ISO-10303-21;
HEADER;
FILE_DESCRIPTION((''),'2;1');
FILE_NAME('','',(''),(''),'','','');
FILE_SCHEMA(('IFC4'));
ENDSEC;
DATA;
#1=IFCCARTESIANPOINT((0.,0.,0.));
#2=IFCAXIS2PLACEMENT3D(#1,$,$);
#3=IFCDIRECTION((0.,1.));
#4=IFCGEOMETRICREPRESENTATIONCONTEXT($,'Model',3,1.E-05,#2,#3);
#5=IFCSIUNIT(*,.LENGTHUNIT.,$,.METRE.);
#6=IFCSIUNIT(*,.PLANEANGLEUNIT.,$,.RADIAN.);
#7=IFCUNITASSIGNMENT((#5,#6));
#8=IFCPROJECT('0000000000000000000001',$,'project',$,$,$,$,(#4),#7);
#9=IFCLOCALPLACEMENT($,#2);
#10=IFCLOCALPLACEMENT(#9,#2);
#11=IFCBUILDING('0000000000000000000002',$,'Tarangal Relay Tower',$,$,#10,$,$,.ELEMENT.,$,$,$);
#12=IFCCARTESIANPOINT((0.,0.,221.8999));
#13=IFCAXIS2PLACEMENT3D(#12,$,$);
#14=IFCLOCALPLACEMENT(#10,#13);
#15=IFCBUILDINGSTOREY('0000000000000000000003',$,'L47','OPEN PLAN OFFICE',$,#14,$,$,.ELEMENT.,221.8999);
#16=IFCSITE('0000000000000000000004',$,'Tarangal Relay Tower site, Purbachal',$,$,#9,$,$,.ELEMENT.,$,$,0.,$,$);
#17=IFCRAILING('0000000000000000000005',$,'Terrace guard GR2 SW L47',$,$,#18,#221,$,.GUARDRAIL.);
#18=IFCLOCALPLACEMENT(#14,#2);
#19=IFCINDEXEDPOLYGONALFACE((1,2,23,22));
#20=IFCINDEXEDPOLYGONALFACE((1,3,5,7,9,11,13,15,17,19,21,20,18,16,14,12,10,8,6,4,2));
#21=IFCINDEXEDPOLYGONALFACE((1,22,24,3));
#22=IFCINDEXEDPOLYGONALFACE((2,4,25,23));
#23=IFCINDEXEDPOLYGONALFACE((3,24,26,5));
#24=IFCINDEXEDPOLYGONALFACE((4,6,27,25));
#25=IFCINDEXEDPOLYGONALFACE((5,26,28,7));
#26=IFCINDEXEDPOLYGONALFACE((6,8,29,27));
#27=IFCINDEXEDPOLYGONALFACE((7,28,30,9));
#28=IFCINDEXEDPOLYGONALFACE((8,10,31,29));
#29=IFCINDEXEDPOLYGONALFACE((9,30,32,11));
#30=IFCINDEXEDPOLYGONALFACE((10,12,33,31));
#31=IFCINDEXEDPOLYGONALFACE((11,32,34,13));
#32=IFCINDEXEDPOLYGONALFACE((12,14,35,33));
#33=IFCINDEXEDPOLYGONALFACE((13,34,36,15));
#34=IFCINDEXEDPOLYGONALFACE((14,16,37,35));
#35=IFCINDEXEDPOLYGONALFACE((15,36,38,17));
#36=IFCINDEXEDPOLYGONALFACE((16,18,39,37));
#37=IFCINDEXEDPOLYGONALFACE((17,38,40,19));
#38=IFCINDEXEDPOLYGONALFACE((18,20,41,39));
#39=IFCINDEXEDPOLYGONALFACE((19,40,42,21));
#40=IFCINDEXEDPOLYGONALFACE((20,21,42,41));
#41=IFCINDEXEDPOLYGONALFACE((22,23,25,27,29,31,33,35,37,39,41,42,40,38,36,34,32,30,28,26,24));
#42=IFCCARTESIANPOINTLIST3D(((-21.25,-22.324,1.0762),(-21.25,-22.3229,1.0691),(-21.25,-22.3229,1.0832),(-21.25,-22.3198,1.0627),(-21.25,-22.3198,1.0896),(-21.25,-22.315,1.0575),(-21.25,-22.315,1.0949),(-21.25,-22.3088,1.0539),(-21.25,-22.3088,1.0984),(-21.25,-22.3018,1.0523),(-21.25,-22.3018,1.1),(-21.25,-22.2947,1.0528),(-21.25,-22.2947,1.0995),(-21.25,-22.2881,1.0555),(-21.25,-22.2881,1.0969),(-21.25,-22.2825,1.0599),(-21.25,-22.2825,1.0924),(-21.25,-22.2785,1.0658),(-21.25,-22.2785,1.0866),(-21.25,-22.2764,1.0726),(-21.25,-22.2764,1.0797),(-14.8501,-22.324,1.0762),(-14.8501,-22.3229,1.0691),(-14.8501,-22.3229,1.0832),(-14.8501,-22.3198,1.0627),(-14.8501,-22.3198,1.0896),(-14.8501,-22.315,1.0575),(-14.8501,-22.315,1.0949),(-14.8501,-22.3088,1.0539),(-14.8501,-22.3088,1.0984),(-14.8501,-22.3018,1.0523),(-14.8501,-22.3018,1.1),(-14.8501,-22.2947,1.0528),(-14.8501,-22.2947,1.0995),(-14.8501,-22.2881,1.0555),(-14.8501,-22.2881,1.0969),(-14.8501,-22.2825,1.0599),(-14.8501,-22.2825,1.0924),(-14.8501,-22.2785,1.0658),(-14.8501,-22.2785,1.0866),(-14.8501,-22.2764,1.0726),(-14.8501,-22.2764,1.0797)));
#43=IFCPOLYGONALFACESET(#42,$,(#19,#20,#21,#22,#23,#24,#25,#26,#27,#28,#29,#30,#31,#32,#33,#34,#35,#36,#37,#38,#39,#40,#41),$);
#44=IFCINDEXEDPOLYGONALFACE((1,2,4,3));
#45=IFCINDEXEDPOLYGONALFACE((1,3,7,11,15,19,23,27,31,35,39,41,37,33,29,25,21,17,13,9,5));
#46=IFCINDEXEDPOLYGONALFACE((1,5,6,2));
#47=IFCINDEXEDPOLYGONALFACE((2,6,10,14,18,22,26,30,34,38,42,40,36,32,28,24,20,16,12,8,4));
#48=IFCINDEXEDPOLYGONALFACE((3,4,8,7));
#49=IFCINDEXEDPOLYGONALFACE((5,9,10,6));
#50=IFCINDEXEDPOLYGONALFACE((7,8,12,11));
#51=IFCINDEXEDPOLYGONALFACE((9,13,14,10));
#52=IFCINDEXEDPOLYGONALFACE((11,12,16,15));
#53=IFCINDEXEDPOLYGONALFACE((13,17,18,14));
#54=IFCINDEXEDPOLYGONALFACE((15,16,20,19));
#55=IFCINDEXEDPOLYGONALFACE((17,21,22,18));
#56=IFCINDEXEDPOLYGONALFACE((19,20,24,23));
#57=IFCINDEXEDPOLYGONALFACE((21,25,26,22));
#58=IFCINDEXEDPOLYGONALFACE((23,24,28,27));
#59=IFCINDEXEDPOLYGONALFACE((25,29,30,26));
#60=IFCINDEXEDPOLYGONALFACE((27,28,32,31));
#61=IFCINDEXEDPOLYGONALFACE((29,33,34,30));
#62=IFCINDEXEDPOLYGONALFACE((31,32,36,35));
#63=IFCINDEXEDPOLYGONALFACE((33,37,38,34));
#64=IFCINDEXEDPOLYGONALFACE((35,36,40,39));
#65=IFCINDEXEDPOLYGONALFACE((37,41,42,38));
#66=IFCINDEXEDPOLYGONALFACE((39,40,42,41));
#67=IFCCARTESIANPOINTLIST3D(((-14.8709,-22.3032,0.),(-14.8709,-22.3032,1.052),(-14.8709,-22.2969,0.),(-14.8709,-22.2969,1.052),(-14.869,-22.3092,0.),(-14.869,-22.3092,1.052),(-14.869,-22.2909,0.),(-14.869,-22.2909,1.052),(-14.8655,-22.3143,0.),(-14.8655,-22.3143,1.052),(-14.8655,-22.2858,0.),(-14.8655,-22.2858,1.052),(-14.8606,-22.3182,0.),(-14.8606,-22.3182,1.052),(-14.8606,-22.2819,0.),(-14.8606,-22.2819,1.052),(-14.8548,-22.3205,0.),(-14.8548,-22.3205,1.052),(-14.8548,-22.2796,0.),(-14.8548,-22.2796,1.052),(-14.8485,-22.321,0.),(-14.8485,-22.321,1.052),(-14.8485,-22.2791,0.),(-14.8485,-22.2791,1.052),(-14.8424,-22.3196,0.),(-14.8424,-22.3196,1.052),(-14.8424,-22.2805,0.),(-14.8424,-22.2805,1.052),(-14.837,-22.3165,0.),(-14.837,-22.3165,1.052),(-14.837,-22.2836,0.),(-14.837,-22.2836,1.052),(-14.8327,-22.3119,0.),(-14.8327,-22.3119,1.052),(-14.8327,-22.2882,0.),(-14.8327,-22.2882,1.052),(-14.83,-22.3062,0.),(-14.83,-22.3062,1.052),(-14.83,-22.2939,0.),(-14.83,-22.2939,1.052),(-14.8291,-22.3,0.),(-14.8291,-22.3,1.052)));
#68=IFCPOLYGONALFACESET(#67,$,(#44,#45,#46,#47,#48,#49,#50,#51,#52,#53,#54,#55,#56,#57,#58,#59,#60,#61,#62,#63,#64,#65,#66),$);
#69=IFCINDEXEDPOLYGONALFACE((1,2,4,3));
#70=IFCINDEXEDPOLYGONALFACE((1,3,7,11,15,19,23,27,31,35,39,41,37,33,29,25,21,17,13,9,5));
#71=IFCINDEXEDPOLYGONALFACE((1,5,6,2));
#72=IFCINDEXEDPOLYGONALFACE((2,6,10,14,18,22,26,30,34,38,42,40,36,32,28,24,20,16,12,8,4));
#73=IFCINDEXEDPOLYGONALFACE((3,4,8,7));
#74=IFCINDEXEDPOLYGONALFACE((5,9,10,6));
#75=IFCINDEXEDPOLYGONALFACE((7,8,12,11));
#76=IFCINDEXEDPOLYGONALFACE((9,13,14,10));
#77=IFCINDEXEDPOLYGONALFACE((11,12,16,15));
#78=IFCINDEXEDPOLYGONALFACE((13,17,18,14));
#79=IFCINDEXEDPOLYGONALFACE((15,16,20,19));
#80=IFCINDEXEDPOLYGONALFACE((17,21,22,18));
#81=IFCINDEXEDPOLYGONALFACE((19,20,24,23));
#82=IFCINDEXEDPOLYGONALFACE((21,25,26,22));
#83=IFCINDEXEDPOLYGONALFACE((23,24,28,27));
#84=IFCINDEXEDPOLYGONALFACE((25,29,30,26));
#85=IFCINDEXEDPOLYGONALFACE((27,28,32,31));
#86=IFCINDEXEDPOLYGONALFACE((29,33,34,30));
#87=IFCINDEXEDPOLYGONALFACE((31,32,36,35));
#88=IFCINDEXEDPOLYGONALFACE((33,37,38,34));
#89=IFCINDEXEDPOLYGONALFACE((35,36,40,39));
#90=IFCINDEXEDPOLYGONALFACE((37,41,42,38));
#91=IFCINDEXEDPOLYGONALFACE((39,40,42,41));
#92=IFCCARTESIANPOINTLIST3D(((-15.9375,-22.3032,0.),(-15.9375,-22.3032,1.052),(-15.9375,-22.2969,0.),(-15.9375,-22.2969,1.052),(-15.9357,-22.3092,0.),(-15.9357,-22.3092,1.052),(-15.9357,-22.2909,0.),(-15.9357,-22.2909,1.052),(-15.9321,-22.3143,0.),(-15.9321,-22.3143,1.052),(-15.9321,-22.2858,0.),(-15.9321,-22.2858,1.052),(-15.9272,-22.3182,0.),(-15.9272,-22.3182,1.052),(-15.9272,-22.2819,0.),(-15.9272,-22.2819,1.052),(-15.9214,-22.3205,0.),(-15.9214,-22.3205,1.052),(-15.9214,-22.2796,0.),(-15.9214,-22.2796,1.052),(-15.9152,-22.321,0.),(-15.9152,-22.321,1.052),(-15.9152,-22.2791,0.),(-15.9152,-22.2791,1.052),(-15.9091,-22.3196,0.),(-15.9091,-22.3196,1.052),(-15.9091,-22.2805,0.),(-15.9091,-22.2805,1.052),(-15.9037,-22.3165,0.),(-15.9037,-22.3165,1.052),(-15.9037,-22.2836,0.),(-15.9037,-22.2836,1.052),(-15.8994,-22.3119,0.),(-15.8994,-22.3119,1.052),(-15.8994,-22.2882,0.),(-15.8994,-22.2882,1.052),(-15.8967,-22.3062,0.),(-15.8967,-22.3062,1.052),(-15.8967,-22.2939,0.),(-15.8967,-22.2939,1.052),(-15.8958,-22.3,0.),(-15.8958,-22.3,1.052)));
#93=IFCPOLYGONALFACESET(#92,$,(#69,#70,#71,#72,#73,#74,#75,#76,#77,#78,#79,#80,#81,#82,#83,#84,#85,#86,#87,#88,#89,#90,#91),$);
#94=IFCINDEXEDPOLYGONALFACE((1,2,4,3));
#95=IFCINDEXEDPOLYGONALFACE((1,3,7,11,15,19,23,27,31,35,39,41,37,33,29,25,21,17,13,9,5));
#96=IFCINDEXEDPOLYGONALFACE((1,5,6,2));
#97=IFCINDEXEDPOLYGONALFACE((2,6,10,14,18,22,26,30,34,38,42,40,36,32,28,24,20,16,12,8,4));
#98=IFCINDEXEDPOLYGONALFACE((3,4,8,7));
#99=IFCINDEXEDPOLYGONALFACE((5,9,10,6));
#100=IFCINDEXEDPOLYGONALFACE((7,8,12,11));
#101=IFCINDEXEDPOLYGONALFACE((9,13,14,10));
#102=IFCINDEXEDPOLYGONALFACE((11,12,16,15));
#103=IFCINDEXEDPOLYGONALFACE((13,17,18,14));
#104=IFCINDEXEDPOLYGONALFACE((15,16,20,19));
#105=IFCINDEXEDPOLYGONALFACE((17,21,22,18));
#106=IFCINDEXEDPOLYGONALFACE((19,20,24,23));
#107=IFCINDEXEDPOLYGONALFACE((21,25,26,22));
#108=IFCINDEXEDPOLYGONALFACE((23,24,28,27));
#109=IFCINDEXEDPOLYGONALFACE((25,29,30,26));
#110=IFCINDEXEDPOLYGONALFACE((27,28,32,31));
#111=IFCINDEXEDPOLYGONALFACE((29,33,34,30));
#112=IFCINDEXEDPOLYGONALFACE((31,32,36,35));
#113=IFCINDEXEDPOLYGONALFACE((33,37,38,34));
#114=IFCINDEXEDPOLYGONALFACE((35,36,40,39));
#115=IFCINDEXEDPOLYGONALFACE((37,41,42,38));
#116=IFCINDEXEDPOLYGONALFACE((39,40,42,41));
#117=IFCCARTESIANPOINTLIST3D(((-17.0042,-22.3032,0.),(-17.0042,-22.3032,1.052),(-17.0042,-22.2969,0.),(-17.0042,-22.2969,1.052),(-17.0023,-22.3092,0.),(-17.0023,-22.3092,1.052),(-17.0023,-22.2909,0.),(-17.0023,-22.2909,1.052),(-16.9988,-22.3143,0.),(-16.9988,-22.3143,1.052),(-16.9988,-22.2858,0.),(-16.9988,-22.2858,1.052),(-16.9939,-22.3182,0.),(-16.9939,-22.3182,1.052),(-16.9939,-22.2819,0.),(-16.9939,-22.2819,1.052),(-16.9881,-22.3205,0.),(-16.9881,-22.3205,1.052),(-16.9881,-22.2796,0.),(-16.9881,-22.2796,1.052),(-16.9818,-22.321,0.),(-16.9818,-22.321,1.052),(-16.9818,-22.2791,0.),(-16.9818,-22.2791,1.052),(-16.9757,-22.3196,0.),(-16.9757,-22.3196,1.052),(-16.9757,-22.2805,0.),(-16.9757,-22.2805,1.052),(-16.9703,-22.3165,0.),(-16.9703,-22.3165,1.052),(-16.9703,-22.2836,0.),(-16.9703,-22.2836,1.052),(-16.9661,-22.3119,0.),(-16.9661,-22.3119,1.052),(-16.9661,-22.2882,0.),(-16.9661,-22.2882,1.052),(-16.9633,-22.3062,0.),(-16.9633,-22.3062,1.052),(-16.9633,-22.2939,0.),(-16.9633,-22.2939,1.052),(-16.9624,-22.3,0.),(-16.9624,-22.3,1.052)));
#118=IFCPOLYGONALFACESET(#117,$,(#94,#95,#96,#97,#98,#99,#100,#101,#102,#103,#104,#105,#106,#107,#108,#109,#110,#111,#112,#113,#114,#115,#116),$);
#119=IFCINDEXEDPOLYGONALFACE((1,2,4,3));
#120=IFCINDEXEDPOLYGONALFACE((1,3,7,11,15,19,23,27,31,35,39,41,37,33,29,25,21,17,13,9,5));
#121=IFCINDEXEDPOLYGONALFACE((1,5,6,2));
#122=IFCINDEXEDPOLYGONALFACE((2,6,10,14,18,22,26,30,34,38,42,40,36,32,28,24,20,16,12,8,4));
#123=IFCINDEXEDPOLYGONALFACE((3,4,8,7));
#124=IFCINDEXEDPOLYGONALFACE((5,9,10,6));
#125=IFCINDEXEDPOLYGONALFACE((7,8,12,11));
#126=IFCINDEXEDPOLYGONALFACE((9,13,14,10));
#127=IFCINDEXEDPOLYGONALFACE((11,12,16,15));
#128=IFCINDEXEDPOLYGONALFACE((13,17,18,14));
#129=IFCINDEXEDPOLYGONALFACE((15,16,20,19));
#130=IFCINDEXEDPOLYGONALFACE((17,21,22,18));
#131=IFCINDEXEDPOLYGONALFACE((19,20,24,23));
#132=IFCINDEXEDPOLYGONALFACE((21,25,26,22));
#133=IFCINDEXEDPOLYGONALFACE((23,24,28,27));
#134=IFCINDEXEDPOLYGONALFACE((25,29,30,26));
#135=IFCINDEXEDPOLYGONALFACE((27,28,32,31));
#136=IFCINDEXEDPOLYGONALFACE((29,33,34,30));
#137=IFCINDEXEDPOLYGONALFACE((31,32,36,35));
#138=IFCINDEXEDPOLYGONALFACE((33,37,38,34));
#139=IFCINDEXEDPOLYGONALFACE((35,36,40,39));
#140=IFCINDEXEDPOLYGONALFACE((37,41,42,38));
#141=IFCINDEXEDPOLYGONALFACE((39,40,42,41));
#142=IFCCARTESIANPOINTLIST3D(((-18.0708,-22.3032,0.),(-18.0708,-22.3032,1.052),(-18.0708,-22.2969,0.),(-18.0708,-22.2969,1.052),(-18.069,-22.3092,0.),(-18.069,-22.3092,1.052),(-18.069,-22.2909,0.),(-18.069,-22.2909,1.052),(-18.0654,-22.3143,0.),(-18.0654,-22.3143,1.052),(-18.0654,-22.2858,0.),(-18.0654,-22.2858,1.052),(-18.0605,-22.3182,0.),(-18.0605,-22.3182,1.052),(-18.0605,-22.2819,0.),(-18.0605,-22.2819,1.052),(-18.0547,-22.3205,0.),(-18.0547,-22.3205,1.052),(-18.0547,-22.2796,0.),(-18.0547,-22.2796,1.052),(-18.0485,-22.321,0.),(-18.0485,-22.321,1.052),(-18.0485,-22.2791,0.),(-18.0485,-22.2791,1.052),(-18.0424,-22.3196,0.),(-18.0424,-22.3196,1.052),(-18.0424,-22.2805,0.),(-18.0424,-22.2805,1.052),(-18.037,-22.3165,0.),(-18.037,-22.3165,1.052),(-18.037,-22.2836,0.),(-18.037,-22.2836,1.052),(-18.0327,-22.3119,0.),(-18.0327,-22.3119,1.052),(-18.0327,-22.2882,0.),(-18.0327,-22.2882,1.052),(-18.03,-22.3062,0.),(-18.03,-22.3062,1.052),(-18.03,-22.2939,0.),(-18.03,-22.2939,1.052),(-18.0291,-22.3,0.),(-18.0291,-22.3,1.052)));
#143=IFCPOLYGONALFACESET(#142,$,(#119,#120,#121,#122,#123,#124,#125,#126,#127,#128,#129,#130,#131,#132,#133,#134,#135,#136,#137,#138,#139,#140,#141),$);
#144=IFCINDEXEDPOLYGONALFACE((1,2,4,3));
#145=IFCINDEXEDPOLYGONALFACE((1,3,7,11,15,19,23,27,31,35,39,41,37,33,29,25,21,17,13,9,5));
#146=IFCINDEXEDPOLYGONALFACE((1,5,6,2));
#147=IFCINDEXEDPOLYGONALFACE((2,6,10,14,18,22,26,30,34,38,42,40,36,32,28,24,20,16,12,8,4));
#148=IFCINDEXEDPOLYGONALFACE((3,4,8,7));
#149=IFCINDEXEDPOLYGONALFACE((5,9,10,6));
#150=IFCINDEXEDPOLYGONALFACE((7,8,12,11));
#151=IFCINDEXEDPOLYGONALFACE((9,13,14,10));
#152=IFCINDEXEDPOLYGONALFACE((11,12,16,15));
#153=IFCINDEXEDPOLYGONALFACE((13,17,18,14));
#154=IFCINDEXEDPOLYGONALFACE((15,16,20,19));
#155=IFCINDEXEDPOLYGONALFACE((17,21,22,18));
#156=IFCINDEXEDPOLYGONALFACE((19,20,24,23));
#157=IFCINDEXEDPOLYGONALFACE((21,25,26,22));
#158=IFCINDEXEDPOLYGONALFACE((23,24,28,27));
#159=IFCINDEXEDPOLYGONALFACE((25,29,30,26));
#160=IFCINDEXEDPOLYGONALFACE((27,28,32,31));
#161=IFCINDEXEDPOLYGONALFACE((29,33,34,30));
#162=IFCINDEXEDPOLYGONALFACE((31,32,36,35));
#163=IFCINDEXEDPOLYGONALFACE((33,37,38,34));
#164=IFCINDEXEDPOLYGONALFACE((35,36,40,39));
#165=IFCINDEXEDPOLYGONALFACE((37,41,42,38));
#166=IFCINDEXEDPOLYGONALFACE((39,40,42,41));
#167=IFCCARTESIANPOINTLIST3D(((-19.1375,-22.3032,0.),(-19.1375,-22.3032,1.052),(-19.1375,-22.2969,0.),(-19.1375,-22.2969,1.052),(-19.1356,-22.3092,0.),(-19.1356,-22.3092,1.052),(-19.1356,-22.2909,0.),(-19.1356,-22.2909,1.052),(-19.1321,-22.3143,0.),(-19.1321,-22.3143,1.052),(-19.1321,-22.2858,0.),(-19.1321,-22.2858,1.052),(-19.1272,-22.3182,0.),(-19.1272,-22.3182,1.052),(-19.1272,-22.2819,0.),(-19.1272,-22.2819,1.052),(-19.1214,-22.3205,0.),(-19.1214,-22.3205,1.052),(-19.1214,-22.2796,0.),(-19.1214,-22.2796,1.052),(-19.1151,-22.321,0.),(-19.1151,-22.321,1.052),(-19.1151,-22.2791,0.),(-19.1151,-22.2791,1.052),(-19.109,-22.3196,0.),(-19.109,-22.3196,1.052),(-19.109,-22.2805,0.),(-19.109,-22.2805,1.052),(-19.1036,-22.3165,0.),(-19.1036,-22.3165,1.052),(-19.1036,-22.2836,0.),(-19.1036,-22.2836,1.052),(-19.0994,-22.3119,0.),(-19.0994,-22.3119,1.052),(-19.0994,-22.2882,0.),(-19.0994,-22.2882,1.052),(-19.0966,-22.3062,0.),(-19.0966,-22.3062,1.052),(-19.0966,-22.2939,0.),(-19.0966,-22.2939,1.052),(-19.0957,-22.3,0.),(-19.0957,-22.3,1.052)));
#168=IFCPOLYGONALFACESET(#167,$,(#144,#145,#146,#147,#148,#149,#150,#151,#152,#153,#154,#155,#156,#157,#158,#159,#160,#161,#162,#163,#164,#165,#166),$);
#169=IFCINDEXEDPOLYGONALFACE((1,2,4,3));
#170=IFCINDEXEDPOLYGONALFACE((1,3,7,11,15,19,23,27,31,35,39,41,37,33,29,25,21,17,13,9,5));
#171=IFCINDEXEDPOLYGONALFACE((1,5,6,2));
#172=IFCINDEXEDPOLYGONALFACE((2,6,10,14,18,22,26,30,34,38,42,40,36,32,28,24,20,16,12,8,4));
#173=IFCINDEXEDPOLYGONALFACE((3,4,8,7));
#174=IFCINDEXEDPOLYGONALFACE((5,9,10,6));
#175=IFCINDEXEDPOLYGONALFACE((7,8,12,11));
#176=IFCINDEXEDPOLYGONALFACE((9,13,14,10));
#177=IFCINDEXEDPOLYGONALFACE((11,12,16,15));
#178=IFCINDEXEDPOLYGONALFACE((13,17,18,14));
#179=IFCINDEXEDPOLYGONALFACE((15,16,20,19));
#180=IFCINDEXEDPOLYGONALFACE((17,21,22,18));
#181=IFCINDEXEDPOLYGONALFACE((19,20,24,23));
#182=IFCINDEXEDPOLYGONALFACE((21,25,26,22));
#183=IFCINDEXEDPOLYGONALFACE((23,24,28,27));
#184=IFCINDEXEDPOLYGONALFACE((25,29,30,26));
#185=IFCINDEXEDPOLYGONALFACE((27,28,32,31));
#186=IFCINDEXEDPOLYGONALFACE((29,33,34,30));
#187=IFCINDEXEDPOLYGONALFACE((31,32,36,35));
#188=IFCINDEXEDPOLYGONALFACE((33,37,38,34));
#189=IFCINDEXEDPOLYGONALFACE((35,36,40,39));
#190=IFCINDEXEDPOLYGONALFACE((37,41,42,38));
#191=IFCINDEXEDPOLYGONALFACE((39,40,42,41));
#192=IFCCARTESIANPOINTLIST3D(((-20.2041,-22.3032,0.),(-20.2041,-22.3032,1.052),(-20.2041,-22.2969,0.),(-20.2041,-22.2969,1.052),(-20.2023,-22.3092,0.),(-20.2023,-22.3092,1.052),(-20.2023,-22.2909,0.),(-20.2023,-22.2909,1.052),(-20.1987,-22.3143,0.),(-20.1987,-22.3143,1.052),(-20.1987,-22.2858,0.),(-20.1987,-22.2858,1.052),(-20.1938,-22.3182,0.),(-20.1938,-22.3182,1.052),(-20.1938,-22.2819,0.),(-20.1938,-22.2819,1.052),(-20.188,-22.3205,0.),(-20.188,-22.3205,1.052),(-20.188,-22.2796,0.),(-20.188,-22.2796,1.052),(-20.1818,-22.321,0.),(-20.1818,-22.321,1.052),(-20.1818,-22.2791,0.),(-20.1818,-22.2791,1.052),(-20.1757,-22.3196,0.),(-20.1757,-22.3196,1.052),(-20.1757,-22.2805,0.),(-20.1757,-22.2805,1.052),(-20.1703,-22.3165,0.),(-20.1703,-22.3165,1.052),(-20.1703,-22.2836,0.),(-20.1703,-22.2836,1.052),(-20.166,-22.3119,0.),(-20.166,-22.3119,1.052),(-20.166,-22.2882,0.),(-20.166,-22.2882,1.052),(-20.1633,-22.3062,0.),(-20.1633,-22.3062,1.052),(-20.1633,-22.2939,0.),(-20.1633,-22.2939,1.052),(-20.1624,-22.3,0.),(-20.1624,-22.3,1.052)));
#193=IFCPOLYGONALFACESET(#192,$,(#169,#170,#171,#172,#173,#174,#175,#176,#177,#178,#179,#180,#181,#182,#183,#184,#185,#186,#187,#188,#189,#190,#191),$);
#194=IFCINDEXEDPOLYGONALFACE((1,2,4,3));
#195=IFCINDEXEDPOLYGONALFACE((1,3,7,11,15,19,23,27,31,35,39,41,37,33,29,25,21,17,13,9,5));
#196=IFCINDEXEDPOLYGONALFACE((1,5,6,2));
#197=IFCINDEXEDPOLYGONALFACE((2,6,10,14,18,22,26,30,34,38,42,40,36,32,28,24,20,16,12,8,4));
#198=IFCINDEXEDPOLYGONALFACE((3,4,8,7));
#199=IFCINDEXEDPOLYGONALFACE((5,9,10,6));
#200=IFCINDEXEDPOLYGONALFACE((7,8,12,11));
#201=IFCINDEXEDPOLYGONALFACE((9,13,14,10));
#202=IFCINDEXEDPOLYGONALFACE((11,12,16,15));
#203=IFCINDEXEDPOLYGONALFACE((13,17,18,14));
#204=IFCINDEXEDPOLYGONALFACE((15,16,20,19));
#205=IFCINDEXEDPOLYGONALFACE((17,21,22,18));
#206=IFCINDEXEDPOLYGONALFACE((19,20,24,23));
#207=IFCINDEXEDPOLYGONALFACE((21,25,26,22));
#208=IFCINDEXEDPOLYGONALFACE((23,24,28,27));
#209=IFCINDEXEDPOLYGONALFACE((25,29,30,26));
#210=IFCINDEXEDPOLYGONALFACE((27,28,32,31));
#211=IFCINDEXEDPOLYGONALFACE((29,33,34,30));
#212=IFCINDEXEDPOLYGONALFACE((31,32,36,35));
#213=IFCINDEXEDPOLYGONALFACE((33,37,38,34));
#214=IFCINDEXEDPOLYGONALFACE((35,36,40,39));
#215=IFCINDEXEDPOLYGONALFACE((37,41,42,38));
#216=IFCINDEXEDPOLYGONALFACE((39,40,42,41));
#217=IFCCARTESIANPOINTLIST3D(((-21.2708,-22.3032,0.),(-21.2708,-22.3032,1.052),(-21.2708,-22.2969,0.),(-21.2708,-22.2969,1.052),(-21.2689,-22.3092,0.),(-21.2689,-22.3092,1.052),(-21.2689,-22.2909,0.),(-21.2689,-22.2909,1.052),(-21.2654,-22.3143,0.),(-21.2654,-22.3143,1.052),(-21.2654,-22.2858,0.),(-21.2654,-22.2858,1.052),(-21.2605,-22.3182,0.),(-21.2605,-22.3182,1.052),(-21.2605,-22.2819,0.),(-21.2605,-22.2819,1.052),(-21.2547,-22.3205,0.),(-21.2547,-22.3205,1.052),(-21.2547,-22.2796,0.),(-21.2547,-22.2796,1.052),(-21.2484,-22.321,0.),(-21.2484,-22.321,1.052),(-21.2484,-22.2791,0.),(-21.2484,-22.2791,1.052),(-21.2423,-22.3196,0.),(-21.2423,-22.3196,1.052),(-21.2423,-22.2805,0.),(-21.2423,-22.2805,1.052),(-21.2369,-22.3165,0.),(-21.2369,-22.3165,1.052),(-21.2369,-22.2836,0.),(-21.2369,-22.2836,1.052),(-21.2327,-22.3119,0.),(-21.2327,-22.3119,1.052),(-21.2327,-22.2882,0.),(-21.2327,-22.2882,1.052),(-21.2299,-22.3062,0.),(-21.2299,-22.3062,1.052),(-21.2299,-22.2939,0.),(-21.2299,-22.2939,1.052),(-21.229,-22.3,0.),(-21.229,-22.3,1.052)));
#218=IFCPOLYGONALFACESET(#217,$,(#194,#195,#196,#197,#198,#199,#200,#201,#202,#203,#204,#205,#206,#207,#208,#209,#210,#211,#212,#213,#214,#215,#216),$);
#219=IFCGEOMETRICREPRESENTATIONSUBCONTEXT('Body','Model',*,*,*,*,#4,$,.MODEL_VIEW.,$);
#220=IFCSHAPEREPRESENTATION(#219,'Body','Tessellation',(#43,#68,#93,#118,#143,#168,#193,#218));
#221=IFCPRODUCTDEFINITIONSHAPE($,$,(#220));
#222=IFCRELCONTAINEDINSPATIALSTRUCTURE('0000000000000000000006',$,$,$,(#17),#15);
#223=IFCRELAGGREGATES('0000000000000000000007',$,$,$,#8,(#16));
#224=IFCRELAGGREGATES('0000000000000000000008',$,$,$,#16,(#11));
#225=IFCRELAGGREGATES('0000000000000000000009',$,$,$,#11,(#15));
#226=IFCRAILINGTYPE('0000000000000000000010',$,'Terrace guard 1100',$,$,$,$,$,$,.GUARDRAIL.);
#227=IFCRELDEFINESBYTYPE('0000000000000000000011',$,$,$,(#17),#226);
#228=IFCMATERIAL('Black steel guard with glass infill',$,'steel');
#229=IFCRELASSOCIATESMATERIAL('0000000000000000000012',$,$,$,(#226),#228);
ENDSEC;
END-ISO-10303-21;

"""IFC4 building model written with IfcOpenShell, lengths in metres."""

from ifc_helpers import new_model, si_unit, direction, frame, origin, origin_2d, place, context, subcontext, project, spatial, circle, extrude, material, type_object, element, save


model = new_model("IFC4")

# Units and contexts
model_context = context("Model", 3, precision=1e-05, world=origin(), true_north=direction((0.0, 1.0)))
body_context = subcontext(model_context, "Body", "Model", "MODEL_VIEW")
ifc_project = project(units=[si_unit("LENGTHUNIT", "METRE"), si_unit("PLANEANGLEUNIT", "RADIAN")], contexts=[model_context])

# Site, building, storey
site_placement = place(None, origin())
site = spatial("IfcSite", under=ifc_project, at=site_placement, Name="Tarangal Relay Tower site, Purbachal", CompositionType="ELEMENT", RefElevation=0.0)
building_placement = place(site_placement, origin())
building = spatial("IfcBuilding", under=site, at=building_placement, Name="Tarangal Relay Tower", CompositionType="ELEMENT")
storey_placement = place(building_placement, frame((0.0, 0.0, 221.8999)))
storey = spatial("IfcBuildingStorey", under=building, at=storey_placement, Name="L47", Description="OPEN PLAN OFFICE", CompositionType="ELEMENT", Elevation=221.8999)

# Railing
ifc_material_1 = material(Name="Black steel guard with glass infill", Category="steel")
railing_type = type_object("IfcRailingType", Name="Terrace guard 1100", PredefinedType="GUARDRAIL", material=ifc_material_1)
railing_1_placement = place(storey_placement, frame((-14.8501, -22.3, 0.0)))
element("IfcRailing", 1, at=railing_1_placement, inside=storey, type_object=railing_type, Name="Terrace guard GR2 SW L47", PredefinedType="GUARDRAIL", context=body_context, shape_type="SweptSolid", body=[
    extrude(circle(Radius=0.0239, at=origin_2d()), frame((0.0, 0.0, 1.0762), z_axis=(-1.0, 0.0, 0.0), x_axis=(0.0, -1.0, 0.0)), (0.0, 0.0, 1.0), 6.3999),
    extrude(circle(Radius=0.021, at=origin_2d()), origin(), (0.0, 0.0, 1.0), 1.052),
    extrude(circle(Radius=0.021, at=origin_2d()), frame((-1.0667, 0.0, 0.0)), (0.0, 0.0, 1.0), 1.052),
    extrude(circle(Radius=0.021, at=origin_2d()), frame((-2.1333, 0.0, 0.0)), (0.0, 0.0, 1.0), 1.052),
    extrude(circle(Radius=0.021, at=origin_2d()), frame((-3.2, 0.0, 0.0)), (0.0, 0.0, 1.0), 1.052),
    extrude(circle(Radius=0.021, at=origin_2d()), frame((-4.2666, 0.0, 0.0)), (0.0, 0.0, 1.0), 1.052),
    extrude(circle(Radius=0.021, at=origin_2d()), frame((-5.3333, 0.0, 0.0)), (0.0, 0.0, 1.0), 1.052),
    extrude(circle(Radius=0.021, at=origin_2d()), frame((-6.3999, 0.0, 0.0)), (0.0, 0.0, 1.0), 1.052),
])

save(model, "model.ifc")
